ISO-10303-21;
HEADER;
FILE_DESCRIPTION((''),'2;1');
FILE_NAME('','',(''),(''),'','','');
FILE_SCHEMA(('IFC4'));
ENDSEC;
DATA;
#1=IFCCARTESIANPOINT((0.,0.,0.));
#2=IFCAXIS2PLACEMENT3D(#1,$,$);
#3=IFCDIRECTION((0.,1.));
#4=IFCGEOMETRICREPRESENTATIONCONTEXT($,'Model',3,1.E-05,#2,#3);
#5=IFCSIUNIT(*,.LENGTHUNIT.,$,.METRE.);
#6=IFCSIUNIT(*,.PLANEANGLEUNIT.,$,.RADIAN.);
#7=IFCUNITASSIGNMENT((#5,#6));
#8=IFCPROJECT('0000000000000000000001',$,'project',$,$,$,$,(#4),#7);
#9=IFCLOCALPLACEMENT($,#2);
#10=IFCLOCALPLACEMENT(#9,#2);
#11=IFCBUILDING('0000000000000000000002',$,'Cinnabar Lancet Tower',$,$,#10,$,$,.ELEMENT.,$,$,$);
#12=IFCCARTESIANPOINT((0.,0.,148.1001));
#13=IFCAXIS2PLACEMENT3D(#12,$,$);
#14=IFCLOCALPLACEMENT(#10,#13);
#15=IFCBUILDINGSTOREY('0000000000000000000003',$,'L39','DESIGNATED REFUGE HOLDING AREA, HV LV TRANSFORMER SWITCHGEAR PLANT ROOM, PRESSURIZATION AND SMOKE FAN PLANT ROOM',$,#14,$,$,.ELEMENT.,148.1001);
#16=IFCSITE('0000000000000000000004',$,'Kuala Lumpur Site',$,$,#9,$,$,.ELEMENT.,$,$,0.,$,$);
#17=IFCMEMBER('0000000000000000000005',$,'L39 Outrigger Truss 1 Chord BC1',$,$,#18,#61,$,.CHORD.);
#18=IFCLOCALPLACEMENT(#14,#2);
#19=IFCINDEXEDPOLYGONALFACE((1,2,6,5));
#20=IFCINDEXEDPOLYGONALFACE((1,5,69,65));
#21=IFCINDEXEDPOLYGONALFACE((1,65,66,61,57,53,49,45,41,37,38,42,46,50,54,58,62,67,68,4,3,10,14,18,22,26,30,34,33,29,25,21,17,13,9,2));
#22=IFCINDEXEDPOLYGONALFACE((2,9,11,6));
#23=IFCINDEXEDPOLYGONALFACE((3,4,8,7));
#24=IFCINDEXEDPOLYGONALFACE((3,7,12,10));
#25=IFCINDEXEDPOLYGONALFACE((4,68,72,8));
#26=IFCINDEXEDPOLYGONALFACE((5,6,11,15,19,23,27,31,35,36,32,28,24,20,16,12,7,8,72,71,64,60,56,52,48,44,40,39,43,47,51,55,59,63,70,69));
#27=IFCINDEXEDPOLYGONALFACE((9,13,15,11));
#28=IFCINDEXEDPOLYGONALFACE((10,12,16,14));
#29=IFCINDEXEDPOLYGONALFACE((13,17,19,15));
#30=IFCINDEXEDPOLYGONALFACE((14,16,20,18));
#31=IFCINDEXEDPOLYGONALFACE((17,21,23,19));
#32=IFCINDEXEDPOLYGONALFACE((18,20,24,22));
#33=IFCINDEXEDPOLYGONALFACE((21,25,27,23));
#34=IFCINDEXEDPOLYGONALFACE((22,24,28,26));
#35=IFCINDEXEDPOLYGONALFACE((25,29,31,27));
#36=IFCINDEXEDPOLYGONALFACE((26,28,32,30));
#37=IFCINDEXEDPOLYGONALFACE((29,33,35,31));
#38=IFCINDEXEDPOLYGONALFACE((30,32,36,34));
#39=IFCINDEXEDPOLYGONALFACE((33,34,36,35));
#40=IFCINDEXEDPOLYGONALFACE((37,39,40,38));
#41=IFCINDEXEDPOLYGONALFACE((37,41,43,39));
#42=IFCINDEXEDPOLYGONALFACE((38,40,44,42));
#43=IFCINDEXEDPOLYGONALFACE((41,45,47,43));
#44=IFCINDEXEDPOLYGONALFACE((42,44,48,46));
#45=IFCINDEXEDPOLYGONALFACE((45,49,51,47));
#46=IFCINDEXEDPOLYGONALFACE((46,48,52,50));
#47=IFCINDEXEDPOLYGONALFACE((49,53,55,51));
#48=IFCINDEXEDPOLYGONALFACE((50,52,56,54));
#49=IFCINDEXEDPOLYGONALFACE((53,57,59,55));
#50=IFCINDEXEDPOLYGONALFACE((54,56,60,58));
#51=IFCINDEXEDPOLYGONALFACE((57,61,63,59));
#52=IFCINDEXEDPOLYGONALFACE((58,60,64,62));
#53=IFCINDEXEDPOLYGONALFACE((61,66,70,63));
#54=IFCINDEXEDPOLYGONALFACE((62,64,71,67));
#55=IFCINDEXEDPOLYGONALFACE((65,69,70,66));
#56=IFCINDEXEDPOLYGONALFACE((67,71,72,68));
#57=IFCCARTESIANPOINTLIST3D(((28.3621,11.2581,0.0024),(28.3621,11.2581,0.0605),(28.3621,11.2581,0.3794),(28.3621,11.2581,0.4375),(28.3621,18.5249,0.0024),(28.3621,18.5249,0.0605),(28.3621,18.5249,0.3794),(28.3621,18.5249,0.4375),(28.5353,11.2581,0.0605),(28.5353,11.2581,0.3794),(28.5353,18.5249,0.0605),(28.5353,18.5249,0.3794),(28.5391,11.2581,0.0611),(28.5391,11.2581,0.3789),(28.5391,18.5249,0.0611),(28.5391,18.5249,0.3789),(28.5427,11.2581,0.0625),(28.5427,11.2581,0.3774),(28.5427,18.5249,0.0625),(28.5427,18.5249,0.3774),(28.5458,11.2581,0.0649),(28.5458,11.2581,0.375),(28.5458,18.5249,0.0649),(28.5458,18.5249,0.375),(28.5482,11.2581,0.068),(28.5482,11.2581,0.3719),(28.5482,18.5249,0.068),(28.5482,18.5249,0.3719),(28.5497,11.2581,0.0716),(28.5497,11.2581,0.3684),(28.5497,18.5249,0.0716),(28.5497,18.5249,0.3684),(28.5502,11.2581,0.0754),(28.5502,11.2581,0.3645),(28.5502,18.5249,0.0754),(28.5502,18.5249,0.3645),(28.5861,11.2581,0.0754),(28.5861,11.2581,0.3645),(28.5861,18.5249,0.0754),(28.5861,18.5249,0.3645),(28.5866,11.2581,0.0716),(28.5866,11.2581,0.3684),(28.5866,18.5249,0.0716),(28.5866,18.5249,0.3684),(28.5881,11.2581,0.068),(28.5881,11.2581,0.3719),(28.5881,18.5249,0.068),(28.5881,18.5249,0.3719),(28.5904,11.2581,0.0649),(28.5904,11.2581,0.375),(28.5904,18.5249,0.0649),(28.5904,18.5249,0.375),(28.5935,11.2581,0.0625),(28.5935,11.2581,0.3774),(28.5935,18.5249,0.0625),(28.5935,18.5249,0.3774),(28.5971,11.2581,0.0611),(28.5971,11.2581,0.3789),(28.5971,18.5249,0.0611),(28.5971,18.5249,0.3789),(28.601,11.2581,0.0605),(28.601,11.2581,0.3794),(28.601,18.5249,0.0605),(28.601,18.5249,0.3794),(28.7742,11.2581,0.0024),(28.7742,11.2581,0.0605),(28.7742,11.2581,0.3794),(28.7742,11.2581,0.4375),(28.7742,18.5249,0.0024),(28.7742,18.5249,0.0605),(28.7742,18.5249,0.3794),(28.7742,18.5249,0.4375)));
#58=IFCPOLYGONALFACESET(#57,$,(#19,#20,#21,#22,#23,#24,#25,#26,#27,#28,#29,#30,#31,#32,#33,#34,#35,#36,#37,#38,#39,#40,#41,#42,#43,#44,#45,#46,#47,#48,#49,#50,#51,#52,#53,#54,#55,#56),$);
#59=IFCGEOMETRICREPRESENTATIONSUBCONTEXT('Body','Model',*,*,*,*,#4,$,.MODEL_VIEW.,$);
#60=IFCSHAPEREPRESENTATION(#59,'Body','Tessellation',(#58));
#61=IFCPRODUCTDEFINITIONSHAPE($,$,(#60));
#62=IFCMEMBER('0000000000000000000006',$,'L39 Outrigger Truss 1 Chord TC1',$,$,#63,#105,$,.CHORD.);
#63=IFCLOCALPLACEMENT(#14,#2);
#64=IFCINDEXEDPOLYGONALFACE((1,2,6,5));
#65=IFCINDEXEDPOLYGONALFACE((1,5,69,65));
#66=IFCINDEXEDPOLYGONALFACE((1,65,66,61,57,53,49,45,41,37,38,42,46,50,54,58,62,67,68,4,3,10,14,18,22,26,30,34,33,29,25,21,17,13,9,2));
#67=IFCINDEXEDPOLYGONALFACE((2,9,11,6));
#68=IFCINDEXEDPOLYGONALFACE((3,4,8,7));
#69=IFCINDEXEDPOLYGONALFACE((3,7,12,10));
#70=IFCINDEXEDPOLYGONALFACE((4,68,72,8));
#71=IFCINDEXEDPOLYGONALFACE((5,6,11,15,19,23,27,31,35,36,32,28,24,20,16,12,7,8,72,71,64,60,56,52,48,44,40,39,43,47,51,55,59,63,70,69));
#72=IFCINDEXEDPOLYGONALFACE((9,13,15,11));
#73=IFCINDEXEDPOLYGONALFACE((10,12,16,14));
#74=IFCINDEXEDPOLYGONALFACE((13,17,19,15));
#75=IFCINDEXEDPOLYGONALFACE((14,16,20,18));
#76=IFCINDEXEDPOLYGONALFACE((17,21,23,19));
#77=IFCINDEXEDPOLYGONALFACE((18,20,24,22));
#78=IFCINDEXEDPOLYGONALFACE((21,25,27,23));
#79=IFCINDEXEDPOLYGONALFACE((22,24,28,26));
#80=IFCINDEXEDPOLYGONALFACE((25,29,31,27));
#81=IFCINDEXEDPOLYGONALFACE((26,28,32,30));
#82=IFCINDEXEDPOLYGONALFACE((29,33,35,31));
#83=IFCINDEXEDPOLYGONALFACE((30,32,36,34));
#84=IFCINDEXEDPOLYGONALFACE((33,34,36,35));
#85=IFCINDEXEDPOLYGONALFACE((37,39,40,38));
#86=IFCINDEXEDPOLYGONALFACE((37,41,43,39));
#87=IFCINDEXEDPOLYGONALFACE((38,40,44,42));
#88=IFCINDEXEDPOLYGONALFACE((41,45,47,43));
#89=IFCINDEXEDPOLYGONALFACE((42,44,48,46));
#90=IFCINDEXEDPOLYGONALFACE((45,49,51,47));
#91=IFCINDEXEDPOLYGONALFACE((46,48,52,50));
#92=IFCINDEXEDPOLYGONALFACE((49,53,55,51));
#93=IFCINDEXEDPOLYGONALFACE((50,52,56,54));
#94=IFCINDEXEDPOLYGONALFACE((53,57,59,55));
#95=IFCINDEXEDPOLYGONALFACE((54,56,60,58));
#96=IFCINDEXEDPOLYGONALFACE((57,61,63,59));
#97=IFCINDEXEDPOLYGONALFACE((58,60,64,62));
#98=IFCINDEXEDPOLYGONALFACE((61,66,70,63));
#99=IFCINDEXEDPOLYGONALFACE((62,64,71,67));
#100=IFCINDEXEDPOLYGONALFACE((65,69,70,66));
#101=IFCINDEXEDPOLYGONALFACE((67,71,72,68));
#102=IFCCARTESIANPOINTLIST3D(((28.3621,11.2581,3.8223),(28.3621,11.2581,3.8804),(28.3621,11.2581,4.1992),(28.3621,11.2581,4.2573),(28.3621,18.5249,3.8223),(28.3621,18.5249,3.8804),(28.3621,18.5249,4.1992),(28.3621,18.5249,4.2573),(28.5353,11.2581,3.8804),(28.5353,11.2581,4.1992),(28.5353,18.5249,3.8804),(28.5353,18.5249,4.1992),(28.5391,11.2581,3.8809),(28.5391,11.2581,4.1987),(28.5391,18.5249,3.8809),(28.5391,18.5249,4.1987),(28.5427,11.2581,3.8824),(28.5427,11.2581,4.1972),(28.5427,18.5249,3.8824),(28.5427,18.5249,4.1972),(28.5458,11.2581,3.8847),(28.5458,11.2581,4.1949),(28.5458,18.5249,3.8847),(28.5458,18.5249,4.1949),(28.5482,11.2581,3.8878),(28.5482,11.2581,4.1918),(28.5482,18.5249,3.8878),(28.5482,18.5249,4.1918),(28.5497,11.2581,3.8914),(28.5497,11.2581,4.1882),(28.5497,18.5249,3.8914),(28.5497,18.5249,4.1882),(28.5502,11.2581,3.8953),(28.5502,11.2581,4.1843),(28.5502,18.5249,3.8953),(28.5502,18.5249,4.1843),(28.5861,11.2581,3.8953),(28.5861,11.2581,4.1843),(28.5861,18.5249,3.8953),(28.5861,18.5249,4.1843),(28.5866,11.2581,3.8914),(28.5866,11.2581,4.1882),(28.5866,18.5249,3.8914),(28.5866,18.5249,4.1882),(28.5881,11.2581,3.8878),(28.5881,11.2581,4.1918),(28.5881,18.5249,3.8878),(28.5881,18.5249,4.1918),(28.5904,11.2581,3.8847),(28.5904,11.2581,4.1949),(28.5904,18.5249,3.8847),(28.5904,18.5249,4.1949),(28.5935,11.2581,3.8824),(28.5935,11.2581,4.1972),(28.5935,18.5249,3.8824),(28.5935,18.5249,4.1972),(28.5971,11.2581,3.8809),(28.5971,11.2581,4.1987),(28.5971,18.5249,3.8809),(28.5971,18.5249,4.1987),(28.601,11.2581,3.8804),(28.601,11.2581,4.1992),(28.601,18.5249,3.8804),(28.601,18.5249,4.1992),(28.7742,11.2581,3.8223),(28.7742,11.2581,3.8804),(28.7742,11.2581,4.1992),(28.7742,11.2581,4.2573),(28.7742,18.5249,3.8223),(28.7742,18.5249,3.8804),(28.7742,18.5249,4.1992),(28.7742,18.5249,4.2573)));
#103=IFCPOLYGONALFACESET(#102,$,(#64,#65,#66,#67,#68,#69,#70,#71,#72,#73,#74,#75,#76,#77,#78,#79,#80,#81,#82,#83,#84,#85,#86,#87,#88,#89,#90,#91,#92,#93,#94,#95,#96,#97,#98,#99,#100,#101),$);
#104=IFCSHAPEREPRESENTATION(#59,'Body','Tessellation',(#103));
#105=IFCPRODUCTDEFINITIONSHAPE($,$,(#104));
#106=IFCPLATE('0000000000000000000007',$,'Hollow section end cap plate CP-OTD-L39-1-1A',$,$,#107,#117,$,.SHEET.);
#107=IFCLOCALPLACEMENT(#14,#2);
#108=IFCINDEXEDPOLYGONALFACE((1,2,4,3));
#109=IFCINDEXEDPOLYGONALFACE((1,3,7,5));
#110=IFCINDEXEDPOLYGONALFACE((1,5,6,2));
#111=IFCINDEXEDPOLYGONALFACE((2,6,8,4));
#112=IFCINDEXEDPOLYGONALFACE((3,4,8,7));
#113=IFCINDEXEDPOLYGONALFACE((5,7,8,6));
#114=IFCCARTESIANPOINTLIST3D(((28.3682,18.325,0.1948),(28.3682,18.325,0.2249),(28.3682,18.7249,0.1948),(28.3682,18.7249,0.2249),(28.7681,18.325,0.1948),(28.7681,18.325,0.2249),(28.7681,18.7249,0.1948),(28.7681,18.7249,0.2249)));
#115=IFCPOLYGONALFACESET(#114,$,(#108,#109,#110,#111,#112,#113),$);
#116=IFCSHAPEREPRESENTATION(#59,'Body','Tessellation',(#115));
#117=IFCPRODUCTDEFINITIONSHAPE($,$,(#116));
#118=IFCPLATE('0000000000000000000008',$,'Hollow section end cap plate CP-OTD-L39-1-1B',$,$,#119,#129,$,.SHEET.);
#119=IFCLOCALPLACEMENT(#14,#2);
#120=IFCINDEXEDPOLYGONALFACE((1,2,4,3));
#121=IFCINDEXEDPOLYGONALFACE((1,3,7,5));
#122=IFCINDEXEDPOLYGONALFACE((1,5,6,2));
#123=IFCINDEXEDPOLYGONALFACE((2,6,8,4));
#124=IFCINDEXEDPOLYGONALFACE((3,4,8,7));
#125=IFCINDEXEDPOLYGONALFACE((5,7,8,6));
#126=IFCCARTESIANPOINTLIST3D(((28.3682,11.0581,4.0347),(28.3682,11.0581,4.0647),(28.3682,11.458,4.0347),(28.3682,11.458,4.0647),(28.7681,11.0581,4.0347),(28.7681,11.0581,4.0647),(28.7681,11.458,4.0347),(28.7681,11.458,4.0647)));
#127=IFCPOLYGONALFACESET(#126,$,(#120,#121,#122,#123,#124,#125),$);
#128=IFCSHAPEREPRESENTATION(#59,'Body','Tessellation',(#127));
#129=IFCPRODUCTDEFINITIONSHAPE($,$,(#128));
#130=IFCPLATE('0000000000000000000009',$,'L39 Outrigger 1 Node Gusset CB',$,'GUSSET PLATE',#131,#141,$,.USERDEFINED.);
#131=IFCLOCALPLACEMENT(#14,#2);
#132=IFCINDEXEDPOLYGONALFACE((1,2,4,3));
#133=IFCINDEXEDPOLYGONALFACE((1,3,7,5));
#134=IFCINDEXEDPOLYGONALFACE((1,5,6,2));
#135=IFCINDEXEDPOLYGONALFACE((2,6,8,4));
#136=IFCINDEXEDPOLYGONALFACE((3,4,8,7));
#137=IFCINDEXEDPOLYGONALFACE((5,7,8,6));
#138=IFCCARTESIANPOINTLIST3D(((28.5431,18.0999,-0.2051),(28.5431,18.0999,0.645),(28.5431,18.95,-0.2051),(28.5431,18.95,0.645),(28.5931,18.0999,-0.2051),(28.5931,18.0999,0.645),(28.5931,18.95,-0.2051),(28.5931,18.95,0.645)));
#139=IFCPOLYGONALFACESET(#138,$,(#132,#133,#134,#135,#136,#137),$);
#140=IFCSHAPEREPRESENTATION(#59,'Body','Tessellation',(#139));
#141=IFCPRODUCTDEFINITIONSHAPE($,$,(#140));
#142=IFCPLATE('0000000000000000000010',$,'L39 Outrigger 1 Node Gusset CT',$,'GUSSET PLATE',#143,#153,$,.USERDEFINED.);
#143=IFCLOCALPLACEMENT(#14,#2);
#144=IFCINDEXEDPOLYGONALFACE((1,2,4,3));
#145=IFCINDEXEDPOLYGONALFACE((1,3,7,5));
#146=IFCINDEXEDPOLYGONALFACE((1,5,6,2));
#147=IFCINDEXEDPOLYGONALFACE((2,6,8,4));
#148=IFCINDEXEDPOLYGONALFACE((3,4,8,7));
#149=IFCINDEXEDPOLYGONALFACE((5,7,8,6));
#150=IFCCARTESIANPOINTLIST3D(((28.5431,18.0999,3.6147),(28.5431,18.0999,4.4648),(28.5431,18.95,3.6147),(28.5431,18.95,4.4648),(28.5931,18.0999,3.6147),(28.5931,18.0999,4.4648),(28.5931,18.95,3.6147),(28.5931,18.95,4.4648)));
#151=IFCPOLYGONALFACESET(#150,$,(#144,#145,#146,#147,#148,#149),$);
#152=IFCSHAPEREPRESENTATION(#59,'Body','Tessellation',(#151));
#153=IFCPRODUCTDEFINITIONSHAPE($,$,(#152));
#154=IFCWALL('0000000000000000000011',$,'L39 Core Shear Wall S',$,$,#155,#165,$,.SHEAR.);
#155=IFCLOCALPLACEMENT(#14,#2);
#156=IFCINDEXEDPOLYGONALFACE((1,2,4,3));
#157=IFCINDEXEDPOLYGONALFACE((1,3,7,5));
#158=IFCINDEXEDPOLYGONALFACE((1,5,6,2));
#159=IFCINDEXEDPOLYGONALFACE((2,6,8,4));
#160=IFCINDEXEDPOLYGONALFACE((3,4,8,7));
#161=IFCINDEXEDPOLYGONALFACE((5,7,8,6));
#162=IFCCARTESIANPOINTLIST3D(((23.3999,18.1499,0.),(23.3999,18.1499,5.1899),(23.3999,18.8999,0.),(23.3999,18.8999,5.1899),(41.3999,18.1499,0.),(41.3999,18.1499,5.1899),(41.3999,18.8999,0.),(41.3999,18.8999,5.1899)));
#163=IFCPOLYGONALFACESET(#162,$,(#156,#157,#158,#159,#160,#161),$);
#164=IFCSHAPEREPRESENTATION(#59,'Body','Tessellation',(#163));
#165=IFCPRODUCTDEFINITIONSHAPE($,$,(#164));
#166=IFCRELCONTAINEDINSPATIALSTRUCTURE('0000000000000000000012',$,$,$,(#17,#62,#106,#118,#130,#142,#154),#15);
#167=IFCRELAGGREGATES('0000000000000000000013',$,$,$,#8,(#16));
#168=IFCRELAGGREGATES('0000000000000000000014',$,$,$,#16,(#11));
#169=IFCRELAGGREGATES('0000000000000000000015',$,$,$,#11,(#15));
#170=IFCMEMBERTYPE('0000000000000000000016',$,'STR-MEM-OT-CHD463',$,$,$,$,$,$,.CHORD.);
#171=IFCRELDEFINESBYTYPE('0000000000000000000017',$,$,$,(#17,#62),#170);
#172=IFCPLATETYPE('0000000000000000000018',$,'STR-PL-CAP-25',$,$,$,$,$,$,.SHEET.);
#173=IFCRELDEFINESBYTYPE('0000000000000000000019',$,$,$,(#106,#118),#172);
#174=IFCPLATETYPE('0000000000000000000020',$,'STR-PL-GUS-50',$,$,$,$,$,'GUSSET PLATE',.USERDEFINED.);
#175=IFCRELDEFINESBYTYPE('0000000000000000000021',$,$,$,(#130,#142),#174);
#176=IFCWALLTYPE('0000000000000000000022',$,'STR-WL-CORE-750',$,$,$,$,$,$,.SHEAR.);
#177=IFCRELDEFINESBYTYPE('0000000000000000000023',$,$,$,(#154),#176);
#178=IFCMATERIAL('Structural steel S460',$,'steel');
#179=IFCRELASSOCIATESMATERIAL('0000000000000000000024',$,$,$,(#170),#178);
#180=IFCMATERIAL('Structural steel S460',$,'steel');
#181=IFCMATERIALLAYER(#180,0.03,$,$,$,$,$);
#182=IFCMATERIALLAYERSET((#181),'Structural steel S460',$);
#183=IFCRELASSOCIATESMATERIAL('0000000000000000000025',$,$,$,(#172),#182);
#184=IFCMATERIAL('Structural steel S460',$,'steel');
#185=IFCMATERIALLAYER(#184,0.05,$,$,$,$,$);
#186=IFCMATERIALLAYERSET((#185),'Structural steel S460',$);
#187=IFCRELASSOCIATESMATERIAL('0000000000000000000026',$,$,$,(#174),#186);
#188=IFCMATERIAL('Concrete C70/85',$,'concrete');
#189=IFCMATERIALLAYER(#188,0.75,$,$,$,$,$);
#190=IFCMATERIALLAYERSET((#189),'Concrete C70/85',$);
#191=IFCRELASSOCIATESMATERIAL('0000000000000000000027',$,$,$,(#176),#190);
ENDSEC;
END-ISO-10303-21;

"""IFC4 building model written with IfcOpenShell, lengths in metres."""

from ifc_helpers import new_model, si_unit, direction, frame, frame_2d, origin, origin_2d, place, context, subcontext, project, spatial, rectangle, i_section, extrude, material, layer, layer_set, material_profile, profile_set, type_object, element, save


model = new_model("IFC4")

# Units and contexts
model_context = context("Model", 3, precision=1e-05, world=origin(), true_north=direction((0.0, 1.0)))
body_context = subcontext(model_context, "Body", "Model", "MODEL_VIEW")
ifc_project = project(units=[si_unit("LENGTHUNIT", "METRE"), si_unit("PLANEANGLEUNIT", "RADIAN")], contexts=[model_context])

# Site, building, storey
site_placement = place(None, origin())
site = spatial("IfcSite", under=ifc_project, at=site_placement, Name="Kuala Lumpur Site", CompositionType="ELEMENT", RefElevation=0.0)
building_placement = place(site_placement, origin())
building = spatial("IfcBuilding", under=site, at=building_placement, Name="Cinnabar Lancet Tower", CompositionType="ELEMENT")
storey_placement = place(building_placement, frame((0.0, 0.0, 148.1001)))
storey = spatial("IfcBuildingStorey", under=building, at=storey_placement, Name="L39", Description="DESIGNATED REFUGE HOLDING AREA, HV LV TRANSFORMER SWITCHGEAR PLANT ROOM, PRESSURIZATION AND SMOKE FAN PLANT ROOM", CompositionType="ELEMENT", Elevation=148.1001)

# Members
ifc_material_1 = material(Name="Structural steel S460", Category="steel")
ifc_material_profile_1 = material_profile(ifc_material_1, i_section(OverallWidth=0.4121, OverallDepth=0.4351, WebThickness=0.0359, FlangeThickness=0.0581, FilletRadius=0.0149, at=origin_2d()), Name="HD 400x463")
ifc_profile_set_1 = profile_set([ifc_material_profile_1], Name="Structural steel S460")
member_type_1 = type_object("IfcMemberType", Name="STR-MEM-OT-CHD463", PredefinedType="CHORD", material=ifc_profile_set_1)
for number, where, z_axis, x_axis, name in (
    (1, (28.5681, 18.5249, 0.22), (0.0, -1.0, 0.0), (1.0, 0.0, 0.0), "L39 Outrigger Truss 1 Chord BC1"),
    (2, (28.5681, 18.5249, 4.0398), (0.0, -1.0, 0.0), (1.0, 0.0, 0.0), "L39 Outrigger Truss 1 Chord TC1"),
):
    element("IfcMember", number, at=place(storey_placement, frame(where, z_axis=z_axis, x_axis=x_axis)), inside=storey, type_object=member_type_1, Name=name, PredefinedType="CHORD", context=body_context, shape_type="SweptSolid", body=[
        extrude(i_section(OverallWidth=0.4121, OverallDepth=0.4351, WebThickness=0.0359, FlangeThickness=0.0581, FilletRadius=0.0149, at=origin_2d()), origin(), (0.0, 0.0, 1.0), 7.2668),
    ])

# Plates
ifc_material_2 = material(Name="Structural steel S460", Category="steel")
ifc_layer_1 = layer(ifc_material_2, 0.03)
ifc_layer_set_1 = layer_set([ifc_layer_1], Name="Structural steel S460")
plate_type_1 = type_object("IfcPlateType", Name="STR-PL-CAP-25", PredefinedType="SHEET", material=ifc_layer_set_1)
for number, where, z_axis, x_axis, name in (
    (3, (28.5681, 18.5249, 0.1948), (0.0, 0.0, 1.0), (0.0, 1.0, 0.0), "Hollow section end cap plate CP-OTD-L39-1-1A"),
    (4, (28.5681, 11.2581, 4.0347), (0.0, 0.0, 1.0), (0.0, -1.0, 0.0), "Hollow section end cap plate CP-OTD-L39-1-1B"),
):
    element("IfcPlate", number, at=place(storey_placement, frame(where, z_axis=z_axis, x_axis=x_axis)), inside=storey, type_object=plate_type_1, Name=name, PredefinedType="SHEET", context=body_context, shape_type="SweptSolid", body=[
        extrude(rectangle(XDim=0.3999, YDim=0.3999, at=origin_2d()), origin(), (0.0, 0.0, 1.0), 0.03),
    ])
ifc_material_3 = material(Name="Structural steel S460", Category="steel")
ifc_layer_2 = layer(ifc_material_3, 0.05)
ifc_layer_set_2 = layer_set([ifc_layer_2], Name="Structural steel S460")
plate_type_2 = type_object("IfcPlateType", Name="STR-PL-GUS-50", ElementType="GUSSET PLATE", PredefinedType="USERDEFINED", material=ifc_layer_set_2)
for number, where, z_axis, x_axis, name in (
    (5, (28.5681, 18.5249, -0.2051), (0.0, 0.0, 1.0), (1.0, 0.0, 0.0), "L39 Outrigger 1 Node Gusset CB"),
    (6, (28.5681, 18.5249, 3.6147), (0.0, 0.0, 1.0), (1.0, 0.0, 0.0), "L39 Outrigger 1 Node Gusset CT"),
):
    element("IfcPlate", number, at=place(storey_placement, frame(where, z_axis=z_axis, x_axis=x_axis)), inside=storey, type_object=plate_type_2, Name=name, ObjectType="GUSSET PLATE", PredefinedType="USERDEFINED", context=body_context, shape_type="SweptSolid", body=[
        extrude(rectangle(XDim=0.05, YDim=0.8501, at=origin_2d()), origin(), (0.0, 0.0, 1.0), 0.8501),
    ])

# Wall
ifc_material_4 = material(Name="Concrete C70/85", Category="concrete")
ifc_layer_3 = layer(ifc_material_4, 0.75)
ifc_layer_set_3 = layer_set([ifc_layer_3], Name="Concrete C70/85")
wall_type = type_object("IfcWallType", Name="STR-WL-CORE-750", PredefinedType="SHEAR", material=ifc_layer_set_3)
wall_placement = place(storey_placement, frame((23.3999, 18.5249, 0.0), z_axis=(0.0, 0.0, 1.0), x_axis=(1.0, 0.0, 0.0)))
element("IfcWall", 7, at=wall_placement, inside=storey, type_object=wall_type, Name="L39 Core Shear Wall S", PredefinedType="SHEAR", context=body_context, shape_type="SweptSolid", body=[
    extrude(rectangle(XDim=18.0, YDim=0.75, at=frame_2d((9.0, 0.0))), origin(), (0.0, 0.0, 1.0), 5.1899),
])

save(model, "model.ifc")
